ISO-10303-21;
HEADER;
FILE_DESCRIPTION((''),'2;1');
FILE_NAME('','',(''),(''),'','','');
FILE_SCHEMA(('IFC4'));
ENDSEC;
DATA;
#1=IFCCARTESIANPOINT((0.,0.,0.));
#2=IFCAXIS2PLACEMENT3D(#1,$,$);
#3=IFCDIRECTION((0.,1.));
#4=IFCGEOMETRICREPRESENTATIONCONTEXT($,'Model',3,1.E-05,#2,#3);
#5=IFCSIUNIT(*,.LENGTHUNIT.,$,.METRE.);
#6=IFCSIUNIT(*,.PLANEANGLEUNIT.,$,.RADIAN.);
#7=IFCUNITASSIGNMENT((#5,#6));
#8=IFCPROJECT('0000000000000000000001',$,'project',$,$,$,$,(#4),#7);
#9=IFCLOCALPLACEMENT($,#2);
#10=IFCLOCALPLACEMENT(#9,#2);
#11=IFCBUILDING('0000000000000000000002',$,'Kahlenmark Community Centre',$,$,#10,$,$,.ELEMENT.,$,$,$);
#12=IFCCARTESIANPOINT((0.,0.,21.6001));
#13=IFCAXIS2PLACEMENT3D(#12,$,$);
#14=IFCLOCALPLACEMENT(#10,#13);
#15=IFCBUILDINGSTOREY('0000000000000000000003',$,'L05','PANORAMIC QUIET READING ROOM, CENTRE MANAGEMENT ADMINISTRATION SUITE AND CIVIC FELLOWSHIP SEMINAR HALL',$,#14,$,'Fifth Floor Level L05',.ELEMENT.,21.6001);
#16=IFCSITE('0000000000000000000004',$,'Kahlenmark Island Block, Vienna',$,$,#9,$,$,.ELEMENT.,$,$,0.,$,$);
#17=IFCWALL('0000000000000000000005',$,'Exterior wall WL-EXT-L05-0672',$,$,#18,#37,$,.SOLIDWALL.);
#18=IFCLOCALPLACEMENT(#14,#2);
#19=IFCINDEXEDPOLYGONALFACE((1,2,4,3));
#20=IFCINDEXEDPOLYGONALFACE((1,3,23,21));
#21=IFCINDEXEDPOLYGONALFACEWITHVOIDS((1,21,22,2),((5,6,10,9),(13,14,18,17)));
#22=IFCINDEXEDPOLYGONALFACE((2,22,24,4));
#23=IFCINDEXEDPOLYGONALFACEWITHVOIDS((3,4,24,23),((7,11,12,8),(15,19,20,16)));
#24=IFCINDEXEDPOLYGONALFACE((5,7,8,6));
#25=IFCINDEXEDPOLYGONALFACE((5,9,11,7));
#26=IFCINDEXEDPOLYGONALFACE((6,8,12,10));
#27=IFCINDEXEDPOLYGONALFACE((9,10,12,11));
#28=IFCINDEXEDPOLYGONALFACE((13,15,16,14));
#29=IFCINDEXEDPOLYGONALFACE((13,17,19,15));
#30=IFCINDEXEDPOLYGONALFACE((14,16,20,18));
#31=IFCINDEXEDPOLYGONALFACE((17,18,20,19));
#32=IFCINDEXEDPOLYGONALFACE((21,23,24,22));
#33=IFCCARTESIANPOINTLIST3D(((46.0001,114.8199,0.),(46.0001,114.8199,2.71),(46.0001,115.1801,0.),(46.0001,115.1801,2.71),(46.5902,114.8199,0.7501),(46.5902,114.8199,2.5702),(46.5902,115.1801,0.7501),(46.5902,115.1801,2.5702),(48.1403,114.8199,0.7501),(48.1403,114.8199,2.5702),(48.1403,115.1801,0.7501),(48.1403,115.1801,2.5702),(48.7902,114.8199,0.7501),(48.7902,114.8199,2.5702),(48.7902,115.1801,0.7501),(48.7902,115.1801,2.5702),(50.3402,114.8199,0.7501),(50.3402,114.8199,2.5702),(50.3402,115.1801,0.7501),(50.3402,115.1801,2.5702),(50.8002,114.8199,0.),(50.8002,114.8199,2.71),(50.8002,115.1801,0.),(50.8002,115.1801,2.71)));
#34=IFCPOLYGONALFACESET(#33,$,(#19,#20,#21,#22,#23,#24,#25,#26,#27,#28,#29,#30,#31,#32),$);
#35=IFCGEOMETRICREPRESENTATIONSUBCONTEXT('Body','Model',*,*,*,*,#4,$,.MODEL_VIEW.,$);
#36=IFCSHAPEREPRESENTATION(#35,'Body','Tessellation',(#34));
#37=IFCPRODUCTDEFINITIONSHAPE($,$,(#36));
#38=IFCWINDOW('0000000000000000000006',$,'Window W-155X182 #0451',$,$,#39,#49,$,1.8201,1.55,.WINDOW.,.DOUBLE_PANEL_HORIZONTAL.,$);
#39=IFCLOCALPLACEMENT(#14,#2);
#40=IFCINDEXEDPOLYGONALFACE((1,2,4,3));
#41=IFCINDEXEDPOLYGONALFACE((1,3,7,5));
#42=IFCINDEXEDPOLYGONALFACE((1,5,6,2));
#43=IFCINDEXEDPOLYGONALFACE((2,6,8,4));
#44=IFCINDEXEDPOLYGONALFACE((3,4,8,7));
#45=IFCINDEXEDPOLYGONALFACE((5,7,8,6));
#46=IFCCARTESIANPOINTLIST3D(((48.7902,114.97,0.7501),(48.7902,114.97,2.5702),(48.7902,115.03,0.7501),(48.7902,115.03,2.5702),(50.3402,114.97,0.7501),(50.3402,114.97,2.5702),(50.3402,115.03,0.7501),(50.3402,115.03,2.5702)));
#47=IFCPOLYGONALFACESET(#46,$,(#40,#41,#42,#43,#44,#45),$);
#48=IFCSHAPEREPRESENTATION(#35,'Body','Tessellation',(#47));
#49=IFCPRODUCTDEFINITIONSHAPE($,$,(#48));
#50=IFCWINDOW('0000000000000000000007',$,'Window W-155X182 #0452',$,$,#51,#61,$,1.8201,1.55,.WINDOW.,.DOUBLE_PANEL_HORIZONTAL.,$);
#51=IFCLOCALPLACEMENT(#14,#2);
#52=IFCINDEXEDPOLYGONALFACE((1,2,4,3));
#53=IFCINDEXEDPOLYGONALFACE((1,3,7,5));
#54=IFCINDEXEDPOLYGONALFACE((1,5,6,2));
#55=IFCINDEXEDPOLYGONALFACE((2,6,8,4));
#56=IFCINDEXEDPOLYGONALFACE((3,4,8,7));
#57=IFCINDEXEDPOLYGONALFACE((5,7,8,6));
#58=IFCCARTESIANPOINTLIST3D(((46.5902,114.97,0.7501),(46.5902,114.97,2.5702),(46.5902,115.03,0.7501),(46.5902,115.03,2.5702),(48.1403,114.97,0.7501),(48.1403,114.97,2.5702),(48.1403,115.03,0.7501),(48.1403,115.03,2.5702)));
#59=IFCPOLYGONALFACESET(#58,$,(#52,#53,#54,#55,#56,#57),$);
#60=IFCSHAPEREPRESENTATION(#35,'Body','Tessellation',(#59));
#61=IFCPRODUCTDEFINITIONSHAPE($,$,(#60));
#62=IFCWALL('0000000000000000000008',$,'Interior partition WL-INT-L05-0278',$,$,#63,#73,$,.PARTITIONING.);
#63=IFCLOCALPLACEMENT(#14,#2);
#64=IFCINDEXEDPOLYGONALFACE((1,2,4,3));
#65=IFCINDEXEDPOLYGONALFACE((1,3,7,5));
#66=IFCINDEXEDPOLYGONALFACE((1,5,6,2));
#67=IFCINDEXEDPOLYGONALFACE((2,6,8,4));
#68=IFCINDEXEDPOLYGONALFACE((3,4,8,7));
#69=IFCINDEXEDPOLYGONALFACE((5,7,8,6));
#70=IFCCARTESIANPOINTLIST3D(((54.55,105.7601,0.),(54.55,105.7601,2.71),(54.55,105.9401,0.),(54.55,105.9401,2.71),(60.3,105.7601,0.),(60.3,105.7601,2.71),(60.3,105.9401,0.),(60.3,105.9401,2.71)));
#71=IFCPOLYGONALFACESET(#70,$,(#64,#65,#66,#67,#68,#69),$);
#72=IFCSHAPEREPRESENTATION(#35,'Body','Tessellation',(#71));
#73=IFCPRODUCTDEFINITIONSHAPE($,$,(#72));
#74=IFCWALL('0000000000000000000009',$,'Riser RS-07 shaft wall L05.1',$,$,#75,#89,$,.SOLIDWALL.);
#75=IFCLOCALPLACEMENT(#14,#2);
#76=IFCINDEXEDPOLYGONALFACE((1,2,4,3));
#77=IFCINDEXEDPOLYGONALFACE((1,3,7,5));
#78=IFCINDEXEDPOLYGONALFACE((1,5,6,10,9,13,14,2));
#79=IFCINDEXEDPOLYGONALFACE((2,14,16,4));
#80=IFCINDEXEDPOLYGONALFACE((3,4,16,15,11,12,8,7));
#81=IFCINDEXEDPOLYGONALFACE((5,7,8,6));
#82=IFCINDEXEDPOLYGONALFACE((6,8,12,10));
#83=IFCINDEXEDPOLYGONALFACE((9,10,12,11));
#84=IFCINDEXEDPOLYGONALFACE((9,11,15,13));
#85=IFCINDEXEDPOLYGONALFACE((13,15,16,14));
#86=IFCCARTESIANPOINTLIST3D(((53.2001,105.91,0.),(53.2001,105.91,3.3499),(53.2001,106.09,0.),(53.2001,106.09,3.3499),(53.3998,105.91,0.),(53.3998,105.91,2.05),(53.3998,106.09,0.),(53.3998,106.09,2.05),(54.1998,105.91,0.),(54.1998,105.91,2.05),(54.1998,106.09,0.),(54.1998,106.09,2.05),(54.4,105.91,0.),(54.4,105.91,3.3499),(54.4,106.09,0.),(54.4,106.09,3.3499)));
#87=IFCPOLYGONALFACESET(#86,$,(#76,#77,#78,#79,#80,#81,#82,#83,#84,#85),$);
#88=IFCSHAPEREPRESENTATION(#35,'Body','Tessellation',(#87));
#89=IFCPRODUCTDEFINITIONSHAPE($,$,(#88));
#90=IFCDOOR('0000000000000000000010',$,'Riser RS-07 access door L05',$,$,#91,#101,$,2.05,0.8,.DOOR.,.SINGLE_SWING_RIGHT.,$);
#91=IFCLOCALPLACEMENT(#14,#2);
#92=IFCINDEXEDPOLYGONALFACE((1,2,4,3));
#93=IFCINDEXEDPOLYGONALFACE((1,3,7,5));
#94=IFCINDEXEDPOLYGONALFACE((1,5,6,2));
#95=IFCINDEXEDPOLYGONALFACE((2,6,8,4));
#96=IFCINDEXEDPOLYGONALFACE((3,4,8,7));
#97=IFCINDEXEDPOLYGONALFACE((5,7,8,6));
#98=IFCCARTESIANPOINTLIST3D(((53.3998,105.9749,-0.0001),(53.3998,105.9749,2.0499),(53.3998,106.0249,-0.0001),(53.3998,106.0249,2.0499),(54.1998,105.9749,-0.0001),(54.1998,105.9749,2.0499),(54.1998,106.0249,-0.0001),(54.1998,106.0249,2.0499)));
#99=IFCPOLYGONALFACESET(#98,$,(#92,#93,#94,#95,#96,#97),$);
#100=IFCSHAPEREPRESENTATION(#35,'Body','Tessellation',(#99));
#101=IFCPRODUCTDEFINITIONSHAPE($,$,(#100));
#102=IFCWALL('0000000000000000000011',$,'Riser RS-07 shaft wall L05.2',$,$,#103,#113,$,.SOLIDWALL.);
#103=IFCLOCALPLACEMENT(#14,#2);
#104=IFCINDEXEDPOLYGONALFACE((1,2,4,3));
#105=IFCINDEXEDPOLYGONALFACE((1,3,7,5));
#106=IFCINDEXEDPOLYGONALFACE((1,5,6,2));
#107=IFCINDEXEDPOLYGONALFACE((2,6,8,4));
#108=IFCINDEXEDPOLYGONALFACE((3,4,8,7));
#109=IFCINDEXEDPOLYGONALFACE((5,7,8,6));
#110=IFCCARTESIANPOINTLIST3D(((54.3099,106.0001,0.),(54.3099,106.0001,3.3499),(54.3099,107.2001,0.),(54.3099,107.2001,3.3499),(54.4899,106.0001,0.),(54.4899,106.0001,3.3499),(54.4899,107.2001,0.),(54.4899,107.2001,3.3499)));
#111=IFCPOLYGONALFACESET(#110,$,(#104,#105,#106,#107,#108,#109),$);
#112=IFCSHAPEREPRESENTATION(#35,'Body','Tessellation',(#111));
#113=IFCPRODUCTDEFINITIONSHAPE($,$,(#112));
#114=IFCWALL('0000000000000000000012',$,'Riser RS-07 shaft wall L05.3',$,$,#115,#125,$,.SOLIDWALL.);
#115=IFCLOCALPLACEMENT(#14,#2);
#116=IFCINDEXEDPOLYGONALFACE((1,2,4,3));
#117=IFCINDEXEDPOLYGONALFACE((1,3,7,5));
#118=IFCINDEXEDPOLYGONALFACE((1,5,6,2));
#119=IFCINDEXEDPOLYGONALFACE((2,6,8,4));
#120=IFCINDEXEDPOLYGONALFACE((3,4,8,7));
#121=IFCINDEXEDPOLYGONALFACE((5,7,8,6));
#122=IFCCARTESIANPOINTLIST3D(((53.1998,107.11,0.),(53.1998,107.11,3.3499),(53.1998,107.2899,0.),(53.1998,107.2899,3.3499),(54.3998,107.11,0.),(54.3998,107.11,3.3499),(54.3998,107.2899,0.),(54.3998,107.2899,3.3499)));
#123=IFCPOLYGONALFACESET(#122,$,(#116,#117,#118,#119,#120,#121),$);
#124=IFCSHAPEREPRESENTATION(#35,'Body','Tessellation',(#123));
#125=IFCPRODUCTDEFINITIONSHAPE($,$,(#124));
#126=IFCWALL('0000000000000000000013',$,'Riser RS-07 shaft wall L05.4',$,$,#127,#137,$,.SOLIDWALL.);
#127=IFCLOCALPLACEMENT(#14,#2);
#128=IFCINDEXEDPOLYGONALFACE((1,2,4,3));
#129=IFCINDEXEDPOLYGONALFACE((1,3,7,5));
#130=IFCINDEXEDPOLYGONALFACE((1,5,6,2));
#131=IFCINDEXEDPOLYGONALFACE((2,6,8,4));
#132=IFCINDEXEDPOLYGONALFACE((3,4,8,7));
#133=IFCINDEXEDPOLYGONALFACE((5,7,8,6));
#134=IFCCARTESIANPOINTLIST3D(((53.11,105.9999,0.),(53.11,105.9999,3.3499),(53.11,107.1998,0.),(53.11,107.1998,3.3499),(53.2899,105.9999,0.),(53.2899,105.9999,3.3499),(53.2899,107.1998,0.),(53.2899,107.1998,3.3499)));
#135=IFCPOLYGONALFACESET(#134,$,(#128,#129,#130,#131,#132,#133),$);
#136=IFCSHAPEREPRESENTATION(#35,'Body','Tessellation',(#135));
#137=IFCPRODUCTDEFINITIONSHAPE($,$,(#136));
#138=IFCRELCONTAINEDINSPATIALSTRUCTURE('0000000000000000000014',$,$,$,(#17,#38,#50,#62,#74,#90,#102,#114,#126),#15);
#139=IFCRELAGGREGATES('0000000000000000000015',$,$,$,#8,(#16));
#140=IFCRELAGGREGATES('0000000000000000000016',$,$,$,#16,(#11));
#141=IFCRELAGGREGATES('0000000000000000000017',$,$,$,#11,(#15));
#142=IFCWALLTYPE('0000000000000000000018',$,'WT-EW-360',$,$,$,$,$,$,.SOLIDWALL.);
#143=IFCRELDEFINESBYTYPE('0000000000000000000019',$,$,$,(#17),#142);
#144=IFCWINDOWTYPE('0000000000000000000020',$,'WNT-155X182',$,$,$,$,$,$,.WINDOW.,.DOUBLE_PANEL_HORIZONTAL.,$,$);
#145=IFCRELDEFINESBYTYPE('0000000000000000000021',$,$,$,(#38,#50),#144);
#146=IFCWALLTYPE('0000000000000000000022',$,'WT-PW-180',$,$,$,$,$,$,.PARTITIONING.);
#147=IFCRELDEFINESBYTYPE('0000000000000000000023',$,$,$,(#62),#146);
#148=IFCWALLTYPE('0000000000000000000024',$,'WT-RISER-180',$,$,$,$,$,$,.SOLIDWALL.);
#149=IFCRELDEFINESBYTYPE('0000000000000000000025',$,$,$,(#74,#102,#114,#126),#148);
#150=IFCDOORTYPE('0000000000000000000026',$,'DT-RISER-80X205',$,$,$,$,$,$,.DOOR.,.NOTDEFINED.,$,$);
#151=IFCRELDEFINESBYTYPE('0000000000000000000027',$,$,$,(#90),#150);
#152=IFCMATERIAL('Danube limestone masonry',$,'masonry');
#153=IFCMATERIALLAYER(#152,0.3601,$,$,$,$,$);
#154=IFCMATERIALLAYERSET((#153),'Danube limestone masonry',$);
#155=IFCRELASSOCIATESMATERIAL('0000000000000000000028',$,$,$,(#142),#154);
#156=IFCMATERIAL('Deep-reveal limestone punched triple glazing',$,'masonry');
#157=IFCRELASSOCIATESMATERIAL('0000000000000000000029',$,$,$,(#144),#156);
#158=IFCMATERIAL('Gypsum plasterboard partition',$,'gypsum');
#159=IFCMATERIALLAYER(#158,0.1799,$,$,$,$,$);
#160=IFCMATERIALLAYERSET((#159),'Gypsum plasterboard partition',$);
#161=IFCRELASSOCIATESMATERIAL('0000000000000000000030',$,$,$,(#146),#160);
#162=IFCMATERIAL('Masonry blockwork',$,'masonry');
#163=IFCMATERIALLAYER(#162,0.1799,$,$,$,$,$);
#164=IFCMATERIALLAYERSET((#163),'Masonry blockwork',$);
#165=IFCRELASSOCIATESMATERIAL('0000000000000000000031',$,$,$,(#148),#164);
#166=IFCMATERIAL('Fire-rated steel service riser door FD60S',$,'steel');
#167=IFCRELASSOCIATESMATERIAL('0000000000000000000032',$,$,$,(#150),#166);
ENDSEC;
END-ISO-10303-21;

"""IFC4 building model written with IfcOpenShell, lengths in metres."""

from ifc_helpers import new_model, si_unit, direction, frame, frame_2d, origin, place, context, subcontext, project, spatial, rectangle, extrude, material, layer, layer_set, type_object, element, fill, save


model = new_model("IFC4")

# Units and contexts
model_context = context("Model", 3, precision=1e-05, world=origin(), true_north=direction((0.0, 1.0)))
body_context = subcontext(model_context, "Body", "Model", "MODEL_VIEW")
ifc_project = project(units=[si_unit("LENGTHUNIT", "METRE"), si_unit("PLANEANGLEUNIT", "RADIAN")], contexts=[model_context])

# Site, building, storey
site_placement = place(None, origin())
site = spatial("IfcSite", under=ifc_project, at=site_placement, Name="Kahlenmark Island Block, Vienna", CompositionType="ELEMENT", RefElevation=0.0)
building_placement = place(site_placement, origin())
building = spatial("IfcBuilding", under=site, at=building_placement, Name="Kahlenmark Community Centre", CompositionType="ELEMENT")
storey_placement = place(building_placement, frame((0.0, 0.0, 21.6001)))
storey = spatial("IfcBuildingStorey", under=building, at=storey_placement, Name="L05", Description="PANORAMIC QUIET READING ROOM, CENTRE MANAGEMENT ADMINISTRATION SUITE AND CIVIC FELLOWSHIP SEMINAR HALL", LongName="Fifth Floor Level L05", CompositionType="ELEMENT", Elevation=21.6001)

# Wall, openings, windows
ifc_material_1 = material(Name="Danube limestone masonry", Category="masonry")
ifc_layer_1 = layer(ifc_material_1, 0.3601)
ifc_layer_set_1 = layer_set([ifc_layer_1], Name="Danube limestone masonry")
wall_type_1 = type_object("IfcWallType", Name="WT-EW-360", PredefinedType="SOLIDWALL", material=ifc_layer_set_1)
wall_1_placement = place(storey_placement, frame((50.8, 115.0, 0.0), z_axis=(0.0, 0.0, 1.0), x_axis=(-1.0, 0.0, 0.0)))
wall_1 = element("IfcWall", 1, at=wall_1_placement, inside=storey, type_object=wall_type_1, Name="Exterior wall WL-EXT-L05-0672", PredefinedType="SOLIDWALL", context=body_context, shape_type="SweptSolid", body=[
    extrude(rectangle(XDim=4.8, YDim=0.3601, at=frame_2d((2.3999, 0.0))), origin(), (0.0, 0.0, 1.0), 2.71),
])
opening_1_placement = place(wall_1_placement, frame((0.46, 0.0, 0.75)))
opening_1 = element("IfcOpeningElement", 2, at=opening_1_placement, cuts=wall_1, PredefinedType="OPENING", context=body_context, shape_type="SweptSolid", body=[
    extrude(rectangle(XDim=1.55, YDim=1.8201, at=frame_2d((0.7749, 0.9102))), frame((0.0, 0.1899, 0.0), z_axis=(0.0, -1.0, 0.0), x_axis=(1.0, 0.0, 0.0)), (0.0, 0.0, 1.0), 0.3801),
])
opening_2_placement = place(wall_1_placement, frame((2.6599, 0.0, 0.75)))
opening_2 = element("IfcOpeningElement", 3, at=opening_2_placement, cuts=wall_1, PredefinedType="OPENING", context=body_context, shape_type="SweptSolid", body=[
    extrude(rectangle(XDim=1.55, YDim=1.8201, at=frame_2d((0.7749, 0.9102))), frame((0.0, 0.1899, 0.0), z_axis=(0.0, -1.0, 0.0), x_axis=(1.0, 0.0, 0.0)), (0.0, 0.0, 1.0), 0.3801),
])
ifc_material_2 = material(Name="Deep-reveal limestone punched triple glazing", Category="masonry")
window_type = type_object("IfcWindowType", Name="WNT-155X182", PartitioningType="DOUBLE_PANEL_HORIZONTAL", PredefinedType="WINDOW", material=ifc_material_2)
window_1_placement = place(opening_1_placement, origin())
window_1 = element("IfcWindow", 4, at=window_1_placement, inside=storey, type_object=window_type, Name="Window W-155X182 #0451", OverallHeight=1.8201, OverallWidth=1.55, PartitioningType="DOUBLE_PANEL_HORIZONTAL", PredefinedType="WINDOW", context=body_context, shape_type="SweptSolid", body=[
    extrude(rectangle(XDim=1.55, YDim=1.8201, at=frame_2d((0.7749, 0.9102))), frame((0.0, 0.03, 0.0), z_axis=(0.0, -1.0, 0.0), x_axis=(1.0, 0.0, 0.0)), (0.0, 0.0, 1.0), 0.0601),
])
fill(opening_1, window_1)
window_2_placement = place(opening_2_placement, origin())
window_2 = element("IfcWindow", 5, at=window_2_placement, inside=storey, type_object=window_type, Name="Window W-155X182 #0452", OverallHeight=1.8201, OverallWidth=1.55, PartitioningType="DOUBLE_PANEL_HORIZONTAL", PredefinedType="WINDOW", context=body_context, shape_type="SweptSolid", body=[
    extrude(rectangle(XDim=1.55, YDim=1.8201, at=frame_2d((0.7749, 0.9102))), frame((0.0, 0.03, 0.0), z_axis=(0.0, -1.0, 0.0), x_axis=(1.0, 0.0, 0.0)), (0.0, 0.0, 1.0), 0.0601),
])
fill(opening_2, window_2)

# Wall
ifc_material_3 = material(Name="Gypsum plasterboard partition", Category="gypsum")
ifc_layer_2 = layer(ifc_material_3, 0.1799)
ifc_layer_set_2 = layer_set([ifc_layer_2], Name="Gypsum plasterboard partition")
wall_type_2 = type_object("IfcWallType", Name="WT-PW-180", PredefinedType="PARTITIONING", material=ifc_layer_set_2)
wall_2_placement = place(storey_placement, frame((54.55, 105.8501, 0.0), z_axis=(0.0, 0.0, 1.0), x_axis=(1.0, 0.0, 0.0)))
element("IfcWall", 6, at=wall_2_placement, inside=storey, type_object=wall_type_2, Name="Interior partition WL-INT-L05-0278", PredefinedType="PARTITIONING", context=body_context, shape_type="SweptSolid", body=[
    extrude(rectangle(XDim=5.75, YDim=0.1799, at=frame_2d((2.875, 0.0))), origin(), (0.0, 0.0, 1.0), 2.71),
])

# Wall, opening, door
ifc_material_4 = material(Name="Masonry blockwork", Category="masonry")
ifc_layer_3 = layer(ifc_material_4, 0.1799)
ifc_layer_set_3 = layer_set([ifc_layer_3], Name="Masonry blockwork")
wall_type_3 = type_object("IfcWallType", Name="WT-RISER-180", PredefinedType="SOLIDWALL", material=ifc_layer_set_3)
wall_3_placement = place(storey_placement, frame((53.2, 106.0, 0.0), z_axis=(0.0, 0.0, 1.0), x_axis=(1.0, 0.0, 0.0)))
wall_3 = element("IfcWall", 7, at=wall_3_placement, inside=storey, type_object=wall_type_3, Name="Riser RS-07 shaft wall L05.1", PredefinedType="SOLIDWALL", context=body_context, shape_type="SweptSolid", body=[
    extrude(rectangle(XDim=1.2, YDim=0.1799, at=frame_2d((0.6001, 0.0))), origin(), (0.0, 0.0, 1.0), 3.3499),
])
opening_3_placement = place(wall_3_placement, frame((0.2, 0.0, -0.01)))
opening_3 = element("IfcOpeningElement", 8, at=opening_3_placement, cuts=wall_3, PredefinedType="OPENING", context=body_context, shape_type="SweptSolid", body=[
    extrude(rectangle(XDim=0.8, YDim=2.0601, at=frame_2d((0.3999, 1.03))), frame((0.0, 0.0999, 0.0), z_axis=(0.0, -1.0, 0.0), x_axis=(1.0, 0.0, 0.0)), (0.0, 0.0, 1.0), 0.2),
])
ifc_material_5 = material(Name="Fire-rated steel service riser door FD60S", Category="steel")
door_type = type_object("IfcDoorType", Name="DT-RISER-80X205", OperationType="NOTDEFINED", PredefinedType="DOOR", material=ifc_material_5)
door_placement = place(opening_3_placement, frame((0.0, 0.0, 0.01)))
door = element("IfcDoor", 9, at=door_placement, inside=storey, type_object=door_type, Name="Riser RS-07 access door L05", OperationType="SINGLE_SWING_RIGHT", OverallHeight=2.05, OverallWidth=0.8, PredefinedType="DOOR", context=body_context, shape_type="SweptSolid", body=[
    extrude(rectangle(XDim=0.8, YDim=2.05, at=frame_2d((0.3999, 1.0249))), frame((0.0, 0.0249, 0.0), z_axis=(0.0, -1.0, 0.0), x_axis=(1.0, 0.0, 0.0)), (0.0, 0.0, 1.0), 0.05),
])
fill(opening_3, door)

# Walls
for number, where, z_axis, x_axis, name in (
    (10, (54.3999, 106.0, 0.0), (0.0, 0.0, 1.0), (0.0, 1.0, 0.0), "Riser RS-07 shaft wall L05.2"),
    (11, (54.3999, 107.2, 0.0), (0.0, 0.0, 1.0), (-1.0, 0.0, 0.0), "Riser RS-07 shaft wall L05.3"),
    (12, (53.2, 107.2, 0.0), (0.0, 0.0, 1.0), (0.0, -1.0, 0.0), "Riser RS-07 shaft wall L05.4"),
):
    element("IfcWall", number, at=place(storey_placement, frame(where, z_axis=z_axis, x_axis=x_axis)), inside=storey, type_object=wall_type_3, Name=name, PredefinedType="SOLIDWALL", context=body_context, shape_type="SweptSolid", body=[
        extrude(rectangle(XDim=1.2, YDim=0.1799, at=frame_2d((0.6001, 0.0))), origin(), (0.0, 0.0, 1.0), 3.3499),
    ])

save(model, "model.ifc")
